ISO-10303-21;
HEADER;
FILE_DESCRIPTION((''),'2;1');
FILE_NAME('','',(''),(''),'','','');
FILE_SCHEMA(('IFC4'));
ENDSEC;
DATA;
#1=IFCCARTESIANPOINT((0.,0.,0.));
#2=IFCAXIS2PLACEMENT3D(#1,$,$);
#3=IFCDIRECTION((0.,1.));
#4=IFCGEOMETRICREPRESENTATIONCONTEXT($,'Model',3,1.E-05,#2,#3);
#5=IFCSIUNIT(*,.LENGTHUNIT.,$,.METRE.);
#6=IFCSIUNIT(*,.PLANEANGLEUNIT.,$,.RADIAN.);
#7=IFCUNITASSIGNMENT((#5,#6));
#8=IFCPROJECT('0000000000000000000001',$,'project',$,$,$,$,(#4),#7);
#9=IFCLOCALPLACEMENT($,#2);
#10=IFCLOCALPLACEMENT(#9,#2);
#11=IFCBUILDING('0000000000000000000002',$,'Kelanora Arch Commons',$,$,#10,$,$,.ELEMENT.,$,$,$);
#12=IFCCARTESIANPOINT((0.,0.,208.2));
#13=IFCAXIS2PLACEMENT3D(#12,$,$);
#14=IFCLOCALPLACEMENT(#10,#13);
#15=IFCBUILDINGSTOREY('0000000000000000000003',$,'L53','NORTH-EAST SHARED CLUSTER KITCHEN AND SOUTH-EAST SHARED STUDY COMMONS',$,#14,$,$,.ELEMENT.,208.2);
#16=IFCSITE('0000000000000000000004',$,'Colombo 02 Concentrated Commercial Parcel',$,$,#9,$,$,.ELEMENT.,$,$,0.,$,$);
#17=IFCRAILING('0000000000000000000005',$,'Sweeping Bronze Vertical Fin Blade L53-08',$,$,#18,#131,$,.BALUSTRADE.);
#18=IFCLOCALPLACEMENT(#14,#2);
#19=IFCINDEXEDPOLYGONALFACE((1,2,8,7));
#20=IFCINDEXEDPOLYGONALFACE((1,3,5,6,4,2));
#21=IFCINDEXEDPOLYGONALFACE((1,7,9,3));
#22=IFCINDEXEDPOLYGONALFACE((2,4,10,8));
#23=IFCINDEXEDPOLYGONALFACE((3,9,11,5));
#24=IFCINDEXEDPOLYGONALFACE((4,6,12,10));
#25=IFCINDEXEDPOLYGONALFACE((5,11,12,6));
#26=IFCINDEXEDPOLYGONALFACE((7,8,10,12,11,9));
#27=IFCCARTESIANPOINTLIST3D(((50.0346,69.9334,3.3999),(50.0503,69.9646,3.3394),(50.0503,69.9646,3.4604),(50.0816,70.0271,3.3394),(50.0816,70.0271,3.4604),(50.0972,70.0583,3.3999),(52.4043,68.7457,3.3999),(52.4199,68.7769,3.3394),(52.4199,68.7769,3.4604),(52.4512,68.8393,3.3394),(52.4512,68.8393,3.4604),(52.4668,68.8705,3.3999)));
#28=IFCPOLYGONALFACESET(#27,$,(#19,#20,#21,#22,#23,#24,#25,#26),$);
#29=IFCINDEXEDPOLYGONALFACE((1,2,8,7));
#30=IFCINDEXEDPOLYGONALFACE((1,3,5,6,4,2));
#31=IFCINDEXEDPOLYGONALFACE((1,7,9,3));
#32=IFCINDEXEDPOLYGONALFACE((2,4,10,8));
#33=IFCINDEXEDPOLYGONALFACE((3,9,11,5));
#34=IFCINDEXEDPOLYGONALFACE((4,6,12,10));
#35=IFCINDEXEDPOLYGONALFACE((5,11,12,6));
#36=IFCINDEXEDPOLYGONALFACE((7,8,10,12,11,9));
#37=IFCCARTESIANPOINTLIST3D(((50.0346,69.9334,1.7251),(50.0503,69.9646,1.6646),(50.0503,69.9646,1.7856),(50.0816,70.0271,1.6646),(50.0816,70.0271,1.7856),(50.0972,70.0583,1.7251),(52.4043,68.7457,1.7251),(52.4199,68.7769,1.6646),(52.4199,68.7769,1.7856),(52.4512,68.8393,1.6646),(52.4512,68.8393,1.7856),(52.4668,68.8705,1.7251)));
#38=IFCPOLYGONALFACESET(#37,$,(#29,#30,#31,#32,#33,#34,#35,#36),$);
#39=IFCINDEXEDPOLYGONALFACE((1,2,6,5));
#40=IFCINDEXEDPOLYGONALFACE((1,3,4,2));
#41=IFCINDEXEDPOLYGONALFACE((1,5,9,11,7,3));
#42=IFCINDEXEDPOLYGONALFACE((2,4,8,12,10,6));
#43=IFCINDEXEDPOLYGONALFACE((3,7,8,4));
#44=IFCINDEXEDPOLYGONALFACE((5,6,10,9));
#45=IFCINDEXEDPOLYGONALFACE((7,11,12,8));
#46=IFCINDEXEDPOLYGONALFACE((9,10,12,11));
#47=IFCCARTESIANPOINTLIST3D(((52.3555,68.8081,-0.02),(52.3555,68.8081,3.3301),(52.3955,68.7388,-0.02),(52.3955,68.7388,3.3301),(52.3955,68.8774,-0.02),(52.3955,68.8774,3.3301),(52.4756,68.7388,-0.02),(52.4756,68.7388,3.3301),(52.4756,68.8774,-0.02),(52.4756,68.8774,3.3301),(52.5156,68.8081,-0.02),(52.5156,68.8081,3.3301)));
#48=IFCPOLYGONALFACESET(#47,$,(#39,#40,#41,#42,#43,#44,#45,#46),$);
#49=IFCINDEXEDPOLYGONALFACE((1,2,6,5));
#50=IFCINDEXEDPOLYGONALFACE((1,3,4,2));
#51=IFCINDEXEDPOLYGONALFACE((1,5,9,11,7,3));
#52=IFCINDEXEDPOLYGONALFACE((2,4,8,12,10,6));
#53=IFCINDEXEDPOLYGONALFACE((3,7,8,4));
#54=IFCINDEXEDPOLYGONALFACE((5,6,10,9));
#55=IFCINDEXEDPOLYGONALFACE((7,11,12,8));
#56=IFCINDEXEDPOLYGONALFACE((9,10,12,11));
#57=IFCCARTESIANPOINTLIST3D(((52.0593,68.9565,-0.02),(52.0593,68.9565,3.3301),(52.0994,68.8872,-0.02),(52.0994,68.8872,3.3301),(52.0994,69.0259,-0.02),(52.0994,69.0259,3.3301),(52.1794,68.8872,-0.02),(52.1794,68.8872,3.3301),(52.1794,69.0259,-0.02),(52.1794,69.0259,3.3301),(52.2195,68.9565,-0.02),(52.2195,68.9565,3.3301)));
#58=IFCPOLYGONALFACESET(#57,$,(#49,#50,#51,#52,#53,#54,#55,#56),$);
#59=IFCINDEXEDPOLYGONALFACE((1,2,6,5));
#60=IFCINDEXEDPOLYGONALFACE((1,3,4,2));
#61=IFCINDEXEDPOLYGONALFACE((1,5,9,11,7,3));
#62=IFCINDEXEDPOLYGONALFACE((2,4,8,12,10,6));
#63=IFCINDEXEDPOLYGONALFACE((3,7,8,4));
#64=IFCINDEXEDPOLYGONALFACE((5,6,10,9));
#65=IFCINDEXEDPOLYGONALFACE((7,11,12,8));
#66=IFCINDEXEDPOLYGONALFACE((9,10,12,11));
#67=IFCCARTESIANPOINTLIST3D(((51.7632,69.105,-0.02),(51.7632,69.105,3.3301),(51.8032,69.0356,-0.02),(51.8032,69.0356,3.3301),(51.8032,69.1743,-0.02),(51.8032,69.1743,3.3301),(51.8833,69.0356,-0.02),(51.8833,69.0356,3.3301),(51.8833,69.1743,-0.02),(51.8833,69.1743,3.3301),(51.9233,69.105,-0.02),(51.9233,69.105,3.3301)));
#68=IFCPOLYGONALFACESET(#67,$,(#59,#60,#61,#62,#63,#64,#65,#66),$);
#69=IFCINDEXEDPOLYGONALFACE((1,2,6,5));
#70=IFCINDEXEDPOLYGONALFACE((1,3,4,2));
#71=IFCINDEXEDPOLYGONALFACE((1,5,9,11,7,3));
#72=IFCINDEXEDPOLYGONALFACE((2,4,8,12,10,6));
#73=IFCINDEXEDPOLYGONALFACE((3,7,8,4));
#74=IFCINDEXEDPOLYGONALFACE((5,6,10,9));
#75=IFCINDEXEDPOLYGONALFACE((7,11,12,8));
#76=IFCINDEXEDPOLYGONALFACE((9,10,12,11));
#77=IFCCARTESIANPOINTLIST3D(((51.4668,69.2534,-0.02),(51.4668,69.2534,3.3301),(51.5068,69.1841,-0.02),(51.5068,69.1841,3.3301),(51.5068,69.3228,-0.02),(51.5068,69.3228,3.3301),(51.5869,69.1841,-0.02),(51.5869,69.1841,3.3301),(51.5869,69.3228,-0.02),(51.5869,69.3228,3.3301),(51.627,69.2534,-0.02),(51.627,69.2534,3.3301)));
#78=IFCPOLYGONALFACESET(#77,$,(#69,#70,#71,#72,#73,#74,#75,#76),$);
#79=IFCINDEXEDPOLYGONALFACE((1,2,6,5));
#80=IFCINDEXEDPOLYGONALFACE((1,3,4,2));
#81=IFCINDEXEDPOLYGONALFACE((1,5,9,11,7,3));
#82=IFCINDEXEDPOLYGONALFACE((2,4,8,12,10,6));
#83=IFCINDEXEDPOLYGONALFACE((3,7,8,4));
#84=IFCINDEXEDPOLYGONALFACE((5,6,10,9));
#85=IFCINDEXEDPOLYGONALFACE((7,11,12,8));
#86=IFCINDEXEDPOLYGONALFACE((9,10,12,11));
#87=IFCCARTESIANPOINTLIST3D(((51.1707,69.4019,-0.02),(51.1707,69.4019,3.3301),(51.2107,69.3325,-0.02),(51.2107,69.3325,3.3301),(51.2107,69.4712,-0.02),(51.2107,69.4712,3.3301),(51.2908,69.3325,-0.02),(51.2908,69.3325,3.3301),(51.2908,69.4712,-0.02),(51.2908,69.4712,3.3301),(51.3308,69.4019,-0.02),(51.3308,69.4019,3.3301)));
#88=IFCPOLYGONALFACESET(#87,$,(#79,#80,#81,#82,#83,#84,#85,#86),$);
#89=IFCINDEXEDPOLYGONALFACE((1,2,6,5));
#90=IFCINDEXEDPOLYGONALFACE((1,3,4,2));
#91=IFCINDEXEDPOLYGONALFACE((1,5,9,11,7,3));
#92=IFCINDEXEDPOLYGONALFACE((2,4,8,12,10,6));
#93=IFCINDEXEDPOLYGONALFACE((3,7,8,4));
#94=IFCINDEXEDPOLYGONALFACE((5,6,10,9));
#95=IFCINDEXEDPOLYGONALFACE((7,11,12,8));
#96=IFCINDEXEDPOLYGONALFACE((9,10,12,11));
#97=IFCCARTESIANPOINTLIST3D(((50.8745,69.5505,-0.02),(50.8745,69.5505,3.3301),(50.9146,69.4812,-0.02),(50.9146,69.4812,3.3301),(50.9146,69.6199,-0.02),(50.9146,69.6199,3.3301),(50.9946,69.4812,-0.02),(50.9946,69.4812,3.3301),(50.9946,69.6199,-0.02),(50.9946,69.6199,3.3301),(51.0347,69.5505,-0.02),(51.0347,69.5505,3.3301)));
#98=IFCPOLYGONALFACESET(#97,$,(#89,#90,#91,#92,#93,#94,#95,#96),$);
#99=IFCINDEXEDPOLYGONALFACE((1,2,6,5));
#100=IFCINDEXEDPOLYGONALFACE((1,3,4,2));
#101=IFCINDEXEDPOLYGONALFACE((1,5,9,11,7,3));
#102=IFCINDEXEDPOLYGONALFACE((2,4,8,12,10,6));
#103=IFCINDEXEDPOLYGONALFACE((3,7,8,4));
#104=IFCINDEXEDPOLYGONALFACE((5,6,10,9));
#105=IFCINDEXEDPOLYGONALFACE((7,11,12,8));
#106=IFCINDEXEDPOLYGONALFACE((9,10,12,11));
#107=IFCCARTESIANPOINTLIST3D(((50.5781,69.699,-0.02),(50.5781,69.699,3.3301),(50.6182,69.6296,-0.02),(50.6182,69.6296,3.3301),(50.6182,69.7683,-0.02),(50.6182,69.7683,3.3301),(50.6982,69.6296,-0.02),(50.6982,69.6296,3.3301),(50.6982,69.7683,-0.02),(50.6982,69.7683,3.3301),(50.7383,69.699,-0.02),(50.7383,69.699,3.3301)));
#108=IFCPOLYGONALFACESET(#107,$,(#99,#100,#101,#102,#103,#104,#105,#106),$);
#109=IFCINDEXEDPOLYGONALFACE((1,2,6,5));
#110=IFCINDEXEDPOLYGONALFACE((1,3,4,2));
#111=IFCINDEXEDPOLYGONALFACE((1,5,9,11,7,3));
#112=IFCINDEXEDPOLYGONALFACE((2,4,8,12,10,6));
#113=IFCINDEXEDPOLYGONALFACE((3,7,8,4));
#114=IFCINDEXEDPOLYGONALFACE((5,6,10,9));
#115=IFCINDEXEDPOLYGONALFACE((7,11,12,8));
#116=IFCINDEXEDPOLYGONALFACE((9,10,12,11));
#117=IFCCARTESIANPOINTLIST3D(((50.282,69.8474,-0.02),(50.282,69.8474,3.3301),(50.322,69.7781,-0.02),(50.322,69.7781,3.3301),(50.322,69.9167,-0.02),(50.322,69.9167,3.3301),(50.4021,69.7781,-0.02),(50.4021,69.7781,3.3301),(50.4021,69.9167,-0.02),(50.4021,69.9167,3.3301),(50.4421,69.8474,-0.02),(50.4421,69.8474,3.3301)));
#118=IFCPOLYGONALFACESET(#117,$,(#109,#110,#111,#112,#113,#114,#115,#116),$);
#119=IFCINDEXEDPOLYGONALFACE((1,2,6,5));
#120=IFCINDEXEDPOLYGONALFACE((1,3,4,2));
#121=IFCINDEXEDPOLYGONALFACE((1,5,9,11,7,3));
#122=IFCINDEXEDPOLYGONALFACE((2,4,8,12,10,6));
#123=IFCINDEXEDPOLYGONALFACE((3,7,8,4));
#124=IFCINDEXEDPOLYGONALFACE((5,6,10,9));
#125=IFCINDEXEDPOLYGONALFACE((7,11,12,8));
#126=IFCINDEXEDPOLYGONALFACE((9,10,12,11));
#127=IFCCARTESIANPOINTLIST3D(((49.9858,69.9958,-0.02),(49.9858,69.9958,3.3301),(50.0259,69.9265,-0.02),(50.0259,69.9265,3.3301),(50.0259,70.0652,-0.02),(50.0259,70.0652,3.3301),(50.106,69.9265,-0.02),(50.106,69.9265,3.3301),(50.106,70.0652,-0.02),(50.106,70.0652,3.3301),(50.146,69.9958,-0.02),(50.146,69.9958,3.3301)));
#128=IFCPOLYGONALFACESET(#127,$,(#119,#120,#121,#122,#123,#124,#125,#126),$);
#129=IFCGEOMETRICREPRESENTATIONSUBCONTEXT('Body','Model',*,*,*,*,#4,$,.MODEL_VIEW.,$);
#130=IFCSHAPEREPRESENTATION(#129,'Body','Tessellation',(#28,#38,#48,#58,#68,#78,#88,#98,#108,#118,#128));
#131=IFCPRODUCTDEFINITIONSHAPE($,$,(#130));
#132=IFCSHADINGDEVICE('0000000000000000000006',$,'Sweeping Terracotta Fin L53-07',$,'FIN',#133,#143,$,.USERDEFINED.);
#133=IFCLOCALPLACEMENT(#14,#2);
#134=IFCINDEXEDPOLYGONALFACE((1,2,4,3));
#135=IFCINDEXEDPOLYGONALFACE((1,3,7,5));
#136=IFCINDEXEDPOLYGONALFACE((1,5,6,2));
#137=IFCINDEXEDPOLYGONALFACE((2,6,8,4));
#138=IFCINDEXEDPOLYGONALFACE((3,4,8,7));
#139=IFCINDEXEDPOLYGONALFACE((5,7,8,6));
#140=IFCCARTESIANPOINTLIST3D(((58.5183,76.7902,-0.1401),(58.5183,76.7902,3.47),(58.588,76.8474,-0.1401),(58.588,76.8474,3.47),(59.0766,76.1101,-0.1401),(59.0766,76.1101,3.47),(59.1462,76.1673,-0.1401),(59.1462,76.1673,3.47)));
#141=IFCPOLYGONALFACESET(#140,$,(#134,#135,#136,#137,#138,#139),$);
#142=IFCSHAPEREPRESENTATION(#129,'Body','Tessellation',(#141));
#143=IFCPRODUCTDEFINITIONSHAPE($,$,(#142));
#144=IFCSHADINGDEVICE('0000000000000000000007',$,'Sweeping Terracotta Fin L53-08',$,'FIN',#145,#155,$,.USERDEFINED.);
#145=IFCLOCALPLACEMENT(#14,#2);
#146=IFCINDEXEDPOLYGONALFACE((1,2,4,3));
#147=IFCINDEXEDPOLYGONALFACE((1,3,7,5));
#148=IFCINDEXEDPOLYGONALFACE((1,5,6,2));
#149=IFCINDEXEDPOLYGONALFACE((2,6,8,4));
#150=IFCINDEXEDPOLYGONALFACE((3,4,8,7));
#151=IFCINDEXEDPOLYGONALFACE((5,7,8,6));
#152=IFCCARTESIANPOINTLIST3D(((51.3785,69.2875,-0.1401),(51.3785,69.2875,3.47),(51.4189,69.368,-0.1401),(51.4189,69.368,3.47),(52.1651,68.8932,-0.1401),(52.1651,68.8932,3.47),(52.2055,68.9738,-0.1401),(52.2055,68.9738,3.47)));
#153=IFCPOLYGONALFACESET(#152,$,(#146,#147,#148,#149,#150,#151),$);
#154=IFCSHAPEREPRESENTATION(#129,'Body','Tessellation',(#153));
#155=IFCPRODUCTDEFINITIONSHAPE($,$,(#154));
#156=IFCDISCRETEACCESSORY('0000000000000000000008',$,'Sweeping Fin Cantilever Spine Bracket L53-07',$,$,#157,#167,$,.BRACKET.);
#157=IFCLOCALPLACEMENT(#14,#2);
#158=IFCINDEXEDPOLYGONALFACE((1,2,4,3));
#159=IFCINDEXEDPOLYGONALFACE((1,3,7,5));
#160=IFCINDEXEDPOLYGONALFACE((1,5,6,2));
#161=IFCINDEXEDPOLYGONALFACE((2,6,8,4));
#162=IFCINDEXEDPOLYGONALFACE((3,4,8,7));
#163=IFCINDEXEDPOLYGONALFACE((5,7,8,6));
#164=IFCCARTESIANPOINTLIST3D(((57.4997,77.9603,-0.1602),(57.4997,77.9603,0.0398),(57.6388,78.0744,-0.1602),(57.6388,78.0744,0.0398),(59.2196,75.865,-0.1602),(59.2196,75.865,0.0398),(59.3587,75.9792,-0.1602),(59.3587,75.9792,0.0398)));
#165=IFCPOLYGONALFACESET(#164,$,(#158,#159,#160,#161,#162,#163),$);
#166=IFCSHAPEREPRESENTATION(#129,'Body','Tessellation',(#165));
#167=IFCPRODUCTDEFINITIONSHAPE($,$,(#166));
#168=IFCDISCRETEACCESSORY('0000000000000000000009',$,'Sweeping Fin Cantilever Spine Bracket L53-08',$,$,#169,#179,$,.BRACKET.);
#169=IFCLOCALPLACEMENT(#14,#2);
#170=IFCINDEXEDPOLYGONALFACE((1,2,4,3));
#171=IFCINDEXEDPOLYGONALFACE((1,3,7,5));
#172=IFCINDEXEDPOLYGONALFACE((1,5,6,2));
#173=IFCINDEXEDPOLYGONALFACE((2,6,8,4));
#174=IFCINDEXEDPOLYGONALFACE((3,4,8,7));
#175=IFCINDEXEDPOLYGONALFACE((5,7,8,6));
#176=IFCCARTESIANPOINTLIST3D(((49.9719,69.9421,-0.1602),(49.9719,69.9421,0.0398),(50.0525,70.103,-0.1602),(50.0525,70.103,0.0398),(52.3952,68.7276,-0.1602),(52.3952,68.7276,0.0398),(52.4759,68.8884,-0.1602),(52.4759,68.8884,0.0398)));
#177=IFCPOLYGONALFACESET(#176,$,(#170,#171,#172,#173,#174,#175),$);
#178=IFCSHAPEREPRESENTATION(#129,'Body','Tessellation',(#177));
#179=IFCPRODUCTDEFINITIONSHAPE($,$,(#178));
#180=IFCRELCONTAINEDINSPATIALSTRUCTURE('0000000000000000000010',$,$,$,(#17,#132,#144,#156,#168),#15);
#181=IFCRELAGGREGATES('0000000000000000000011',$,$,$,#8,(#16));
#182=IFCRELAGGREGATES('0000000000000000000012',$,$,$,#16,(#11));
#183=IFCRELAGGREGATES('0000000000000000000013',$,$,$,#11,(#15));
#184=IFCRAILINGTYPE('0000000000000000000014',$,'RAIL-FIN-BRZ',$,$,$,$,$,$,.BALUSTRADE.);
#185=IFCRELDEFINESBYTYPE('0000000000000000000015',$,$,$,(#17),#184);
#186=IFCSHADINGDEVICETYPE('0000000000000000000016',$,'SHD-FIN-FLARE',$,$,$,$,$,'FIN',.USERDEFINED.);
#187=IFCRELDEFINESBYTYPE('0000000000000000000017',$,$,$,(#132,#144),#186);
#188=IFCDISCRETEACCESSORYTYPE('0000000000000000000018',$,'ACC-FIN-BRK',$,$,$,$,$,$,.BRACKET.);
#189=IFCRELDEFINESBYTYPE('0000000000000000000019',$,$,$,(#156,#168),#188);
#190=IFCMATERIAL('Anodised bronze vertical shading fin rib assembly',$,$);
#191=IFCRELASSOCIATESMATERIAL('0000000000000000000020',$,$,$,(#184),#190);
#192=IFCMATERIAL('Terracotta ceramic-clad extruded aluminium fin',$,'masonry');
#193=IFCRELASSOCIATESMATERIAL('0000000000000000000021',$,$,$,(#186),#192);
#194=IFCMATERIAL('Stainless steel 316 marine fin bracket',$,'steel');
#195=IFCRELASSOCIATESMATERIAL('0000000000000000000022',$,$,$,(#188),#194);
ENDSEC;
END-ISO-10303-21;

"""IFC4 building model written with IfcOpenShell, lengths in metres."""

from ifc_helpers import new_model, si_unit, direction, frame, origin, origin_2d, place, context, subcontext, project, spatial, polyline, rectangle, outline, extrude, source, transform, mapped, material, type_object, element, save


model = new_model("IFC4")

# Units and contexts
model_context = context("Model", 3, precision=1e-05, world=origin(), true_north=direction((0.0, 1.0)))
body_context = subcontext(model_context, "Body", "Model", "MODEL_VIEW")
ifc_project = project(units=[si_unit("LENGTHUNIT", "METRE"), si_unit("PLANEANGLEUNIT", "RADIAN")], contexts=[model_context])

# Site, building, storey
site_placement = place(None, origin())
site = spatial("IfcSite", under=ifc_project, at=site_placement, Name="Colombo 02 Concentrated Commercial Parcel", CompositionType="ELEMENT", RefElevation=0.0)
building_placement = place(site_placement, origin())
building = spatial("IfcBuilding", under=site, at=building_placement, Name="Kelanora Arch Commons", CompositionType="ELEMENT")
storey_placement = place(building_placement, frame((0.0, 0.0, 208.2)))
storey = spatial("IfcBuildingStorey", under=building, at=storey_placement, Name="L53", Description="NORTH-EAST SHARED CLUSTER KITCHEN AND SOUTH-EAST SHARED STUDY COMMONS", CompositionType="ELEMENT", Elevation=208.2)

# Railing
ifc_material_1 = material(Name="Anodised bronze vertical shading fin rib assembly")
railing_type = type_object("IfcRailingType", Name="RAIL-FIN-BRZ", PredefinedType="BALUSTRADE", material=ifc_material_1)
railing_1_placement = place(storey_placement, frame((52.4355, 68.8081, -0.02)))
element("IfcRailing", 1, at=railing_1_placement, inside=storey, type_object=railing_type, Name="Sweeping Bronze Vertical Fin Blade L53-08", PredefinedType="BALUSTRADE", context=body_context, shape_type="SweptSolid", body=[
    extrude(outline(polyline([(0.0698, 0.0), (0.0349, 0.0605), (-0.0349, 0.0605), (-0.0698, 0.0), (-0.0349, -0.0605), (0.0349, -0.0605), (0.0698, 0.0)])), frame((0.0, 0.0, 3.4199), z_axis=(-0.893985, 0.448098, 0.0), x_axis=(-0.448098, -0.893985, 0.0)), (0.0, 0.0, 1.0), 2.6506),
    extrude(outline(polyline([(0.0698, 0.0), (0.0349, 0.0605), (-0.0349, 0.0605), (-0.0698, 0.0), (-0.0349, -0.0605), (0.0349, -0.0605), (0.0698, 0.0)])), frame((0.0, 0.0, 1.7451), z_axis=(-0.893985, 0.448098, 0.0), x_axis=(-0.448098, -0.893985, 0.0)), (0.0, 0.0, 1.0), 2.6506),
    extrude(outline(polyline([(0.0801, 0.0), (0.04, 0.0693), (-0.04, 0.0693), (-0.0801, 0.0), (-0.04, -0.0693), (0.04, -0.0693), (0.0801, 0.0)])), origin(), (0.0, 0.0, 1.0), 3.3501),
    extrude(outline(polyline([(0.0801, 0.0), (0.04, 0.0693), (-0.04, 0.0693), (-0.0801, 0.0), (-0.04, -0.0693), (0.04, -0.0693), (0.0801, 0.0)])), frame((-0.2961, 0.1484, 0.0)), (0.0, 0.0, 1.0), 3.3501),
    extrude(outline(polyline([(0.0801, 0.0), (0.04, 0.0693), (-0.04, 0.0693), (-0.0801, 0.0), (-0.04, -0.0693), (0.04, -0.0693), (0.0801, 0.0)])), frame((-0.5923, 0.2969, 0.0)), (0.0, 0.0, 1.0), 3.3501),
    extrude(outline(polyline([(0.0801, 0.0), (0.04, 0.0693), (-0.04, 0.0693), (-0.0801, 0.0), (-0.04, -0.0693), (0.04, -0.0693), (0.0801, 0.0)])), frame((-0.8887, 0.4453, 0.0)), (0.0, 0.0, 1.0), 3.3501),
    extrude(outline(polyline([(0.0801, 0.0), (0.04, 0.0693), (-0.04, 0.0693), (-0.0801, 0.0), (-0.04, -0.0693), (0.04, -0.0693), (0.0801, 0.0)])), frame((-1.1848, 0.5938, 0.0)), (0.0, 0.0, 1.0), 3.3501),
    extrude(outline(polyline([(0.0801, 0.0), (0.04, 0.0693), (-0.04, 0.0693), (-0.0801, 0.0), (-0.04, -0.0693), (0.04, -0.0693), (0.0801, 0.0)])), frame((-1.481, 0.7424, 0.0)), (0.0, 0.0, 1.0), 3.3501),
    extrude(outline(polyline([(0.0801, 0.0), (0.04, 0.0693), (-0.04, 0.0693), (-0.0801, 0.0), (-0.04, -0.0693), (0.04, -0.0693), (0.0801, 0.0)])), frame((-1.7773, 0.8909, 0.0)), (0.0, 0.0, 1.0), 3.3501),
    extrude(outline(polyline([(0.0801, 0.0), (0.04, 0.0693), (-0.04, 0.0693), (-0.0801, 0.0), (-0.04, -0.0693), (0.04, -0.0693), (0.0801, 0.0)])), frame((-2.0735, 1.0393, 0.0)), (0.0, 0.0, 1.0), 3.3501),
    extrude(outline(polyline([(0.0801, 0.0), (0.04, 0.0693), (-0.04, 0.0693), (-0.0801, 0.0), (-0.04, -0.0693), (0.04, -0.0693), (0.0801, 0.0)])), frame((-2.3696, 1.1877, 0.0)), (0.0, 0.0, 1.0), 3.3501),
])

# Shading devices
ifc_material_2 = material(Name="Terracotta ceramic-clad extruded aluminium fin", Category="masonry")
shading_device_type = type_object("IfcShadingDeviceType", Name="SHD-FIN-FLARE", ElementType="FIN", PredefinedType="USERDEFINED", material=ifc_material_2)
shared_shape_1 = source(origin(), body_context, "Body", "SweptSolid", [
    extrude(rectangle(XDim=0.8799, YDim=0.0901, at=origin_2d()), origin(), (0.0, 0.0, 1.0), 3.6101),
])
for number, where, z_axis, x_axis, name in (
    (2, (58.8323, 76.4788, -0.1401), (0.0, 0.0, 1.0), (-0.634461, 0.772955, 0.0), "Sweeping Terracotta Fin L53-07"),
    (3, (51.792, 69.1306, -0.1401), (0.0, 0.0, 1.0), (-0.893998, 0.448071, 0.0), "Sweeping Terracotta Fin L53-08"),
):
    element("IfcShadingDevice", number, at=place(storey_placement, frame(where, z_axis=z_axis, x_axis=x_axis)), inside=storey, type_object=shading_device_type, Name=name, ObjectType="FIN", PredefinedType="USERDEFINED", context=body_context, shape_type="MappedRepresentation", body=[
        mapped(shared_shape_1, transform((0.0, 0.0, 0.0), scale=1.0)),
    ])

# Discrete accessories
ifc_material_3 = material(Name="Stainless steel 316 marine fin bracket", Category="steel")
discrete_accessory_type = type_object("IfcDiscreteAccessoryType", Name="ACC-FIN-BRK", PredefinedType="BRACKET", material=ifc_material_3)
shared_shape_2 = source(origin(), body_context, "Body", "SweptSolid", [
    extrude(rectangle(XDim=2.7107, YDim=0.1799, at=origin_2d()), origin(), (0.0, 0.0, 1.0), 0.2),
])
for number, where, z_axis, x_axis, name in (
    (4, (58.4292, 76.9697, -0.1602), (0.0, 0.0, 1.0), (-0.634461, 0.772955, 0.0), "Sweeping Fin Cantilever Spine Bracket L53-07"),
    (5, (51.2239, 69.4153, -0.1602), (0.0, 0.0, 1.0), (-0.893998, 0.448071, 0.0), "Sweeping Fin Cantilever Spine Bracket L53-08"),
):
    element("IfcDiscreteAccessory", number, at=place(storey_placement, frame(where, z_axis=z_axis, x_axis=x_axis)), inside=storey, type_object=discrete_accessory_type, Name=name, PredefinedType="BRACKET", context=body_context, shape_type="MappedRepresentation", body=[
        mapped(shared_shape_2, transform((0.0, 0.0, 0.0), scale=1.0)),
    ])

save(model, "model.ifc")
